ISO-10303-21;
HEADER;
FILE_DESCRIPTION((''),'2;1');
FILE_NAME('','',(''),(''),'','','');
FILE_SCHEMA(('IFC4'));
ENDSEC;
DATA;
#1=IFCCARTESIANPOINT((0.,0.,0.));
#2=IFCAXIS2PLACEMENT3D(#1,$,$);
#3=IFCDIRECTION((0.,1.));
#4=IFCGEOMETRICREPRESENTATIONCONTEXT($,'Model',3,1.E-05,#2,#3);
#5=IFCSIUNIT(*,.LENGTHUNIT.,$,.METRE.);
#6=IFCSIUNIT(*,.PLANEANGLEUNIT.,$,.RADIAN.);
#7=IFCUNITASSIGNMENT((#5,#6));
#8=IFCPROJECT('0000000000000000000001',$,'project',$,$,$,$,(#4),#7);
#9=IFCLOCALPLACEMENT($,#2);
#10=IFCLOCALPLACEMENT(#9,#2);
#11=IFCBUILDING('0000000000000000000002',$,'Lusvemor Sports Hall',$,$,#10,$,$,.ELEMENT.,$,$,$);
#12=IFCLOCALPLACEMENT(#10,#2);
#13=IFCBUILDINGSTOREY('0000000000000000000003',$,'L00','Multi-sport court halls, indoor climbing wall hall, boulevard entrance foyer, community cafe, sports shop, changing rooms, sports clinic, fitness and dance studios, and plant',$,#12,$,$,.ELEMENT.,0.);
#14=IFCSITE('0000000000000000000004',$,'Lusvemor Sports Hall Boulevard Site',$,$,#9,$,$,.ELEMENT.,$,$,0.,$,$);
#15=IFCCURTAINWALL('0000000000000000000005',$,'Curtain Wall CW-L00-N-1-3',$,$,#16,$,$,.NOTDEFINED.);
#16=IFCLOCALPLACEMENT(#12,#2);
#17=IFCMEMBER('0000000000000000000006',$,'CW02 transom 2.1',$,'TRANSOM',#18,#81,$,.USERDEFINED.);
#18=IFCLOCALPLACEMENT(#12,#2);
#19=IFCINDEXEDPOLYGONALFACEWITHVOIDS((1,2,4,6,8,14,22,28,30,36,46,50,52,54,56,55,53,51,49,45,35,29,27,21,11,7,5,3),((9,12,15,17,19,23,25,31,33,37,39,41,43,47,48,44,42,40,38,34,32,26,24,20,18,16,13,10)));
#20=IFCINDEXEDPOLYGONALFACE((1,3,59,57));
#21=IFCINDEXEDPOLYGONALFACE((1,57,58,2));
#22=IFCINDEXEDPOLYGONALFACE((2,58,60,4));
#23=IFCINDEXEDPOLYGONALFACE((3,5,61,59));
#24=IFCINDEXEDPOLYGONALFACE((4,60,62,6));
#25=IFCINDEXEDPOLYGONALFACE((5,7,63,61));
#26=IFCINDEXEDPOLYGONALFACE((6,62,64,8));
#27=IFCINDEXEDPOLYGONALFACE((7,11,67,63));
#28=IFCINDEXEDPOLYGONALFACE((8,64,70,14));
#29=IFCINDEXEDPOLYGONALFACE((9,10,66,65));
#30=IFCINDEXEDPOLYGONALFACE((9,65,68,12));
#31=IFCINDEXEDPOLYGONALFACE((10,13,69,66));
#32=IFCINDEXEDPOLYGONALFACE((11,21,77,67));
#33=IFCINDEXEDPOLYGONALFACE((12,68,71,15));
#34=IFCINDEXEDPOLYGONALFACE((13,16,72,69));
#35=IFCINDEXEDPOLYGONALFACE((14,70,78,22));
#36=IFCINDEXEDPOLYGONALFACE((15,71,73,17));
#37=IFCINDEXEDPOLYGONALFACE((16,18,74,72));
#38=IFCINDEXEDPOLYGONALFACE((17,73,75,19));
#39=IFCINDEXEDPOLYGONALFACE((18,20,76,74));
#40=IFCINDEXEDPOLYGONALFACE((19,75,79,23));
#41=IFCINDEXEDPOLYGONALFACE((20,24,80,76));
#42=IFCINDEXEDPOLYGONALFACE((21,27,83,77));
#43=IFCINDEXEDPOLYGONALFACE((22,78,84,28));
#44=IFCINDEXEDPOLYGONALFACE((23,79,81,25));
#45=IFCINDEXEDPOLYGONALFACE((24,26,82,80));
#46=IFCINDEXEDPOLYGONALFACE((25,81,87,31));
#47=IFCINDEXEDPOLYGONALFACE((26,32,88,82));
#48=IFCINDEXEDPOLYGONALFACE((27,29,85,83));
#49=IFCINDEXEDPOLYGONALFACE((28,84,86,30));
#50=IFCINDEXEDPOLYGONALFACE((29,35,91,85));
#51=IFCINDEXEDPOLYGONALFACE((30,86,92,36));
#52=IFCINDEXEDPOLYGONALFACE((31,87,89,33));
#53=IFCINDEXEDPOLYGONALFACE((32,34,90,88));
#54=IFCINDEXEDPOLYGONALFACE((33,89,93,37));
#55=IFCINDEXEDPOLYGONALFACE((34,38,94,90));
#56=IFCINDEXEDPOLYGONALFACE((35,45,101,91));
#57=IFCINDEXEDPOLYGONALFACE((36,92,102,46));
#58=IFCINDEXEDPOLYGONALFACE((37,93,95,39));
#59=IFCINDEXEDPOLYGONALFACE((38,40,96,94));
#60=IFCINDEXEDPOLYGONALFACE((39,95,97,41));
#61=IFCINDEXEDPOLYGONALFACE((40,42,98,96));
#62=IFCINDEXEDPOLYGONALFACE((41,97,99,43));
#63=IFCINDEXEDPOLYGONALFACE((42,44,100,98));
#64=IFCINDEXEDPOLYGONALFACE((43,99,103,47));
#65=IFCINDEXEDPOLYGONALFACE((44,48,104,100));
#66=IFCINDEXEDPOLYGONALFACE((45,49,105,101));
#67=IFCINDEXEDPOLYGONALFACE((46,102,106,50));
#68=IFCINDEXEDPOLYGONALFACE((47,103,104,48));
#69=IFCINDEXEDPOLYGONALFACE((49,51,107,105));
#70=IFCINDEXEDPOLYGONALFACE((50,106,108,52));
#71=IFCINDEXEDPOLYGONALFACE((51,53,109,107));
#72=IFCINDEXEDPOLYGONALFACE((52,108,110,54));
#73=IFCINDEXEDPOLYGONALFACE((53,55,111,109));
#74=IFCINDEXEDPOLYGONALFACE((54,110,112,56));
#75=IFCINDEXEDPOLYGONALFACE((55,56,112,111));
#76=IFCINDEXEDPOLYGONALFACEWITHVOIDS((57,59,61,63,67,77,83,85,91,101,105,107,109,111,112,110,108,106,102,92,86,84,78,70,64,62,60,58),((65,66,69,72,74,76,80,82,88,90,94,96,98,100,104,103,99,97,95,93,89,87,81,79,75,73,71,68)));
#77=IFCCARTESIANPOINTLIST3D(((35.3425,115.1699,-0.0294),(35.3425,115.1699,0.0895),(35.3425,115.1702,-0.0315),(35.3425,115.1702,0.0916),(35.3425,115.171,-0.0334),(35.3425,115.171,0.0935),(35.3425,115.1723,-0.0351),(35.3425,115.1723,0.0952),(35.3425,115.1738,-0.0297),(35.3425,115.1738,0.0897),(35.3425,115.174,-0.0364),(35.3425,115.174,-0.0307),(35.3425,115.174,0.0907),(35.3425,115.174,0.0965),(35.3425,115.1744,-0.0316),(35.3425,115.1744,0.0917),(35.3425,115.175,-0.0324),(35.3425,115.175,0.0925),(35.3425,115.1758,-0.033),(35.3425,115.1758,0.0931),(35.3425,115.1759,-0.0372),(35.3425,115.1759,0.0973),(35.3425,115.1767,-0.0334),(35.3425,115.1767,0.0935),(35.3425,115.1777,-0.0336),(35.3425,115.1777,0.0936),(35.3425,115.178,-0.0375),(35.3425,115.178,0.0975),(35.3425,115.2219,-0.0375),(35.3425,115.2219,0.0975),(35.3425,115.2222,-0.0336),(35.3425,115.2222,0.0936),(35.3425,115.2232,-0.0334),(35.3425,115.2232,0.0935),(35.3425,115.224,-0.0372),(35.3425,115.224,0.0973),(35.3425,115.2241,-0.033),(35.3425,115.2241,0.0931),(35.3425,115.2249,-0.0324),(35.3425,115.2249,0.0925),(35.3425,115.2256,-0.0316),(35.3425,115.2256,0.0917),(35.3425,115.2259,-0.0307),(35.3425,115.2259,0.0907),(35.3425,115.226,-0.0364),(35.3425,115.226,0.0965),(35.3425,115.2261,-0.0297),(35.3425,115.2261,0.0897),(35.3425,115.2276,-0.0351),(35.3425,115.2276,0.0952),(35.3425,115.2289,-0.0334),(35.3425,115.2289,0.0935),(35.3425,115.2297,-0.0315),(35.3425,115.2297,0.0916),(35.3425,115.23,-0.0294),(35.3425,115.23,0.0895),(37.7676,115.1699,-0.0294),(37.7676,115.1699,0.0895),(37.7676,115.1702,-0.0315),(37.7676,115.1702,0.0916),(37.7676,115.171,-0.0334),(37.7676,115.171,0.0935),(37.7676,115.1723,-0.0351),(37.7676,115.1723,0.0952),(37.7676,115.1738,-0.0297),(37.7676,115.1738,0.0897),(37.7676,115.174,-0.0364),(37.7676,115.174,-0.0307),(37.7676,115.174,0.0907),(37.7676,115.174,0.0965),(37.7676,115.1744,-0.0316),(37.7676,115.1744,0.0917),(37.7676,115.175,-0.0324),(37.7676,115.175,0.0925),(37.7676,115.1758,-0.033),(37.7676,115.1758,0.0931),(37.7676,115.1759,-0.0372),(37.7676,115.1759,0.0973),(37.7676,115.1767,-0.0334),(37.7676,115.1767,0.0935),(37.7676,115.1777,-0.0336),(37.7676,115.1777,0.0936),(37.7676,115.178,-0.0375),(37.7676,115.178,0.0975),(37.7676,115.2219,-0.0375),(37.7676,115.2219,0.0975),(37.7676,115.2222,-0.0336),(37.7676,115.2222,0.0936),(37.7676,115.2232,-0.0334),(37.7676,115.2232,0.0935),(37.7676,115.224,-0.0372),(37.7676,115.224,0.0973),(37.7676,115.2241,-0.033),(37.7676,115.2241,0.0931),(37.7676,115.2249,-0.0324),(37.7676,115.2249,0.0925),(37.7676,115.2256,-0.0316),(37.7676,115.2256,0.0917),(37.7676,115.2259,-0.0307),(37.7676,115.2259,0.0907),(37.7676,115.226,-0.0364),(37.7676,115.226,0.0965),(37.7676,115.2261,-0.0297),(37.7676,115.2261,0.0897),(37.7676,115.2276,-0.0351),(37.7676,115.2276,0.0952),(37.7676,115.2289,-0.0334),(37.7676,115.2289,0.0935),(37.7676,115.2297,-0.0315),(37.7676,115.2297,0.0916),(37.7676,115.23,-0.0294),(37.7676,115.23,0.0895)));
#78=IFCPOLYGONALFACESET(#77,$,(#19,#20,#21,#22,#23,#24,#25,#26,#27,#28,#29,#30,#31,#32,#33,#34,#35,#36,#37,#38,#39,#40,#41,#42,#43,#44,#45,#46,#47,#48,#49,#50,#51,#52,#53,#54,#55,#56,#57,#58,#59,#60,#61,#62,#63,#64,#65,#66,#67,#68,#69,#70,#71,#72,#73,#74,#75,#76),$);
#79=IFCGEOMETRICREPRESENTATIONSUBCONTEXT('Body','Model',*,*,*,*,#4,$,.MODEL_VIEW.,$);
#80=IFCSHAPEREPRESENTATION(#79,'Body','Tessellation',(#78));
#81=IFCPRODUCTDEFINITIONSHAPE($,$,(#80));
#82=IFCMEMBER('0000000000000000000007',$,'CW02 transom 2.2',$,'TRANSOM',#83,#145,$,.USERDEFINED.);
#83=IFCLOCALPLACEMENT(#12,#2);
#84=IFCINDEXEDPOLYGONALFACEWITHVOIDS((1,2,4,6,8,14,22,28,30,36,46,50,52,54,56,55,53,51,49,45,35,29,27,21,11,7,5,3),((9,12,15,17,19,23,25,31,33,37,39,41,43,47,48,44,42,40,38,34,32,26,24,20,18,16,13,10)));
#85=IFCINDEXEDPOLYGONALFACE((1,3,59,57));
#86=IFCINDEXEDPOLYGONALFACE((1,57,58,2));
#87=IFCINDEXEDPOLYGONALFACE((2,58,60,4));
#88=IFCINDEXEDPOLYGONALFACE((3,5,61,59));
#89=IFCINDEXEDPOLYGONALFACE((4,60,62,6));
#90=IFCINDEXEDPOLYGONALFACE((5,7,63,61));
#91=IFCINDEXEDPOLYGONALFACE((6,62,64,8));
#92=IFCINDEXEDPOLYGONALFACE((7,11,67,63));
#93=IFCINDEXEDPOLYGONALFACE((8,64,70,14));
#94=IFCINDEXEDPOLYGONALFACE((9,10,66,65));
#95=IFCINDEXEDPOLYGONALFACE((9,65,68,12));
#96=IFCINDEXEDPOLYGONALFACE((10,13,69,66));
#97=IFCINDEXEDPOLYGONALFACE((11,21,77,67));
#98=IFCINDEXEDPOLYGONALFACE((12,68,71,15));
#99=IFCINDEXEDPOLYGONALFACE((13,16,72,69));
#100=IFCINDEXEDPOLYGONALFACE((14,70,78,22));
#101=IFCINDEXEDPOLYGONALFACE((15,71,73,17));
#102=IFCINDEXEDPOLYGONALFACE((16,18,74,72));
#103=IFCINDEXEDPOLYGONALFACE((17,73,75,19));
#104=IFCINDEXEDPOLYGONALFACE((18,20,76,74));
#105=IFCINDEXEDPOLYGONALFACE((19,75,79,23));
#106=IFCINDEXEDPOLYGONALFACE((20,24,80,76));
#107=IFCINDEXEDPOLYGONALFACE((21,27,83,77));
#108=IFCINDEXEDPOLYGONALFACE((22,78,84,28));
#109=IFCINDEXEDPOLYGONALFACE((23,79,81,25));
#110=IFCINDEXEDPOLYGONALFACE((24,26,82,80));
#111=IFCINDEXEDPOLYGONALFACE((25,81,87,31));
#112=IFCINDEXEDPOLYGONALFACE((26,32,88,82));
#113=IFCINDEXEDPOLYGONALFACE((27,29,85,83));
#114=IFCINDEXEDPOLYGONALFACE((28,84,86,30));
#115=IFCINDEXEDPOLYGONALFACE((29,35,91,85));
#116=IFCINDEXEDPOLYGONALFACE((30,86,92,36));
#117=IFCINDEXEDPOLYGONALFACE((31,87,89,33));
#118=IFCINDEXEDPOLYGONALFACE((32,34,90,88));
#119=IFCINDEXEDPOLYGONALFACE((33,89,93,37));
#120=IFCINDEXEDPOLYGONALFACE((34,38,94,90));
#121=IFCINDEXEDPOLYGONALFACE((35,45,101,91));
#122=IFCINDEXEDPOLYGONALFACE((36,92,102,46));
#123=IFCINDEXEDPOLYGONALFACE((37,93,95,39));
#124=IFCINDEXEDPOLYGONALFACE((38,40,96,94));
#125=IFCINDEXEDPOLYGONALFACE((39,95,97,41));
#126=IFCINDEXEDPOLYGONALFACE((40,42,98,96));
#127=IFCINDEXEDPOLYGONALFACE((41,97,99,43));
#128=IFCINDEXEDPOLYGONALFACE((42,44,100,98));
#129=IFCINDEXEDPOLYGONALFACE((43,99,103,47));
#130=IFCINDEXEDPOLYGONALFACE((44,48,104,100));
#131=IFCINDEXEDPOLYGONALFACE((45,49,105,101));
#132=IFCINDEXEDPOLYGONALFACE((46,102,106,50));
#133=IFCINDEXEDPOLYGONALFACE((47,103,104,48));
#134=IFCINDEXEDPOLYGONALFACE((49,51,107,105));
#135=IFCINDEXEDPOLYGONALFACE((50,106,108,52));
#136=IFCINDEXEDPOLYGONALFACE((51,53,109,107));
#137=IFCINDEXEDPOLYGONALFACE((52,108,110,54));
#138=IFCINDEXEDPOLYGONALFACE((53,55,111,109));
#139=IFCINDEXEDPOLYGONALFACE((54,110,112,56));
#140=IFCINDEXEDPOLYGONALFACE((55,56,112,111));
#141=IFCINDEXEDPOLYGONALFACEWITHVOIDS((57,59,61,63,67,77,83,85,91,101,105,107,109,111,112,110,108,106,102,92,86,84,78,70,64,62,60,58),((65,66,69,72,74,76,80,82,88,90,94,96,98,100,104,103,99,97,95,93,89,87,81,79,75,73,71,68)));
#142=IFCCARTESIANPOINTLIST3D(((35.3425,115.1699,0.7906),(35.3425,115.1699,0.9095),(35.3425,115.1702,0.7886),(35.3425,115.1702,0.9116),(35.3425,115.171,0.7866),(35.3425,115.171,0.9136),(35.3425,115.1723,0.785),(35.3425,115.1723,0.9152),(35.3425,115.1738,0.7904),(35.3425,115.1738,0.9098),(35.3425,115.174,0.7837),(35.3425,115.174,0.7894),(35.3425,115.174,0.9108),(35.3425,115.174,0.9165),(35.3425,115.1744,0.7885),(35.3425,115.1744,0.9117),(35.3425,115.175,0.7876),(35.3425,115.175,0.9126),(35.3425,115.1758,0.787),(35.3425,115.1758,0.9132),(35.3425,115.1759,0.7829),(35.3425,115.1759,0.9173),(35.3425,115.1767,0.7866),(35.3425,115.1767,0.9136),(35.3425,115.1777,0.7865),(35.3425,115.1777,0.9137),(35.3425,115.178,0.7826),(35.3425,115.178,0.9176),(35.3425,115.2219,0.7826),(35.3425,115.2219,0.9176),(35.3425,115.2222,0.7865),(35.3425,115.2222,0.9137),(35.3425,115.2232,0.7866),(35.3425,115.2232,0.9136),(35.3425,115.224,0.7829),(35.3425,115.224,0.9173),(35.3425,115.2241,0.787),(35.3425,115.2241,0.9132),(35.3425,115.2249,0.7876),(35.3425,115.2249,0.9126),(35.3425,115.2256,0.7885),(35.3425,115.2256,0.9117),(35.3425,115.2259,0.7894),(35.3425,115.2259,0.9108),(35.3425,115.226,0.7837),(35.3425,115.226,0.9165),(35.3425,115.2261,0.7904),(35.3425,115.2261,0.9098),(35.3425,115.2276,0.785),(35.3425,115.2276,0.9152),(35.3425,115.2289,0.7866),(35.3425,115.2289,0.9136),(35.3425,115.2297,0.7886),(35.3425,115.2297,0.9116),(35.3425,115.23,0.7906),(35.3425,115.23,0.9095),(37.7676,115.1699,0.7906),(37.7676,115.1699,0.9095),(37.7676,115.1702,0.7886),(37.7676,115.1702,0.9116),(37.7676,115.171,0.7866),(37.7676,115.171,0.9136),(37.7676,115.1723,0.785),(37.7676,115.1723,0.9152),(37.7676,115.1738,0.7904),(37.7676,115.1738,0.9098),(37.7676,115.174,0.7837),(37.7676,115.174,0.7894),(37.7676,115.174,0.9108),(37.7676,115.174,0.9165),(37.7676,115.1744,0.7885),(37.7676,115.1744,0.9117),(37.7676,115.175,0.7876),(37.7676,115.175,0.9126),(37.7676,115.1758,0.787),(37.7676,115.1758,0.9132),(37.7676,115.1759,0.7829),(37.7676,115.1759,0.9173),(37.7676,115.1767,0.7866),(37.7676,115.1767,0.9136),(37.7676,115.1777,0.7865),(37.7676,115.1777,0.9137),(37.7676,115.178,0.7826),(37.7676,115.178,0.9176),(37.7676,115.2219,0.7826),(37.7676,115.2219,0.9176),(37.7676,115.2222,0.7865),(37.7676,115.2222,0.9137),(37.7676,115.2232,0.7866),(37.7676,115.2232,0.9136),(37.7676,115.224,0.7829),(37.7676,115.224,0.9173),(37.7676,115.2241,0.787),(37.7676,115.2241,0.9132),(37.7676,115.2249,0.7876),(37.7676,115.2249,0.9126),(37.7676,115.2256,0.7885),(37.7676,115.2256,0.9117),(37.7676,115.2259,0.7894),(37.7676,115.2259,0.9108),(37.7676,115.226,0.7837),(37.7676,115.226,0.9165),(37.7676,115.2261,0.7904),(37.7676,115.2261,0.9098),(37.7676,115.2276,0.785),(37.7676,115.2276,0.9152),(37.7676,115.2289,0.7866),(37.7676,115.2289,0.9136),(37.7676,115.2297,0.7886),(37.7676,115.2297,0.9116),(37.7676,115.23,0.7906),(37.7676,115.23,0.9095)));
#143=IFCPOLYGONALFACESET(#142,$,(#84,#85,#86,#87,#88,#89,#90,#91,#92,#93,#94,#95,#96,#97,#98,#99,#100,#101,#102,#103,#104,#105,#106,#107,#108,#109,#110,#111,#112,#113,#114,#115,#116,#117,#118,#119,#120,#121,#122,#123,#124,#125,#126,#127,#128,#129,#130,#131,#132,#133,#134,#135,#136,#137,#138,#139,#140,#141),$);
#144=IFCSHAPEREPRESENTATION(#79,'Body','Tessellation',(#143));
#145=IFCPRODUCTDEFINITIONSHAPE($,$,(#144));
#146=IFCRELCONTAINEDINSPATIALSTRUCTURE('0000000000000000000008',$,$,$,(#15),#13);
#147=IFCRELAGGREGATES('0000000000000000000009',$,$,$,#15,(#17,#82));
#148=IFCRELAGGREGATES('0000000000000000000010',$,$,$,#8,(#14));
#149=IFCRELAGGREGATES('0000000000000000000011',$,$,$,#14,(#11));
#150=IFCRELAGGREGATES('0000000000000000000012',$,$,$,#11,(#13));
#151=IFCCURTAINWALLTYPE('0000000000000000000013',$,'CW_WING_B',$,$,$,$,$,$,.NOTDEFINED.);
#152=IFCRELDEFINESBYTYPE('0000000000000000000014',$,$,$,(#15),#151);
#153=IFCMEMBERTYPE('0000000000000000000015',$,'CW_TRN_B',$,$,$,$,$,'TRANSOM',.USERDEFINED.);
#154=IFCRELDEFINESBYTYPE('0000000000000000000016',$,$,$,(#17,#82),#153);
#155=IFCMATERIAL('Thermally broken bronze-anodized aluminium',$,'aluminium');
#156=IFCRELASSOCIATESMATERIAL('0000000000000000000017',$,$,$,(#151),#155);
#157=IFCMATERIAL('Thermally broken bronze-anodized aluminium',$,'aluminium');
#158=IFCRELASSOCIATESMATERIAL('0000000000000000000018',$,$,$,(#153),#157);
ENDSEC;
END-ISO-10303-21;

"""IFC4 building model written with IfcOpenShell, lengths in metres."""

from ifc_helpers import new_model, si_unit, direction, frame, origin, origin_2d, place, context, subcontext, project, spatial, hollow_rectangle, extrude, material, material_profile, profile_set, type_object, element, aggregate, save


model = new_model("IFC4")

# Units and contexts
model_context = context("Model", 3, precision=1e-05, world=origin(), true_north=direction((0.0, 1.0)))
body_context = subcontext(model_context, "Body", "Model", "MODEL_VIEW")
ifc_project = project(units=[si_unit("LENGTHUNIT", "METRE"), si_unit("PLANEANGLEUNIT", "RADIAN")], contexts=[model_context])

# Site, building, storey
site_placement = place(None, origin())
site = spatial("IfcSite", under=ifc_project, at=site_placement, Name="Lusvemor Sports Hall Boulevard Site", CompositionType="ELEMENT", RefElevation=0.0)
building_placement = place(site_placement, origin())
building = spatial("IfcBuilding", under=site, at=building_placement, Name="Lusvemor Sports Hall", CompositionType="ELEMENT")
storey_placement = place(building_placement, origin())
storey = spatial("IfcBuildingStorey", under=building, at=storey_placement, Name="L00", Description="Multi-sport court halls, indoor climbing wall hall, boulevard entrance foyer, community cafe, sports shop, changing rooms, sports clinic, fitness and dance studios, and plant", CompositionType="ELEMENT", Elevation=0.0)

# Curtain wall, members
ifc_material_1 = material(Name="Thermally broken bronze-anodized aluminium", Category="aluminium")
curtain_wall_type = type_object("IfcCurtainWallType", Name="CW_WING_B", PredefinedType="NOTDEFINED", material=ifc_material_1)
curtain_wall_placement = place(storey_placement, origin())
curtain_wall = element("IfcCurtainWall", 1, at=curtain_wall_placement, inside=storey, type_object=curtain_wall_type, Name="Curtain Wall CW-L00-N-1-3", PredefinedType="NOTDEFINED")
ifc_material_2 = material(Name="Thermally broken bronze-anodized aluminium", Category="aluminium")
ifc_material_profile_1 = material_profile(ifc_material_2, hollow_rectangle(XDim=0.0601, YDim=0.135, WallThickness=0.0039, InnerFilletRadius=0.0039, OuterFilletRadius=0.0081, at=origin_2d()), Name="CWTRN135x60x4")
ifc_profile_set_1 = profile_set([ifc_material_profile_1], Name="Thermally broken bronze-anodized aluminium")
member_type_1 = type_object("IfcMemberType", Name="CW_TRN_B", ElementType="TRANSOM", PredefinedType="USERDEFINED", material=ifc_profile_set_1)
member_1_placement = place(storey_placement, frame((35.3425, 115.2, 0.03), z_axis=(1.0, 0.0, 0.0), x_axis=(0.0, 1.0, 0.0)))
member_1 = element("IfcMember", 2, at=member_1_placement, type_object=member_type_1, Name="CW02 transom 2.1", ObjectType="TRANSOM", PredefinedType="USERDEFINED", context=body_context, shape_type="SweptSolid", body=[
    extrude(hollow_rectangle(XDim=0.0601, YDim=0.135, WallThickness=0.0039, InnerFilletRadius=0.0039, OuterFilletRadius=0.0081, at=origin_2d()), origin(), (0.0, 0.0, 1.0), 2.425),
])
member_2_placement = place(storey_placement, frame((35.3425, 115.2, 0.8501), z_axis=(1.0, 0.0, 0.0), x_axis=(0.0, 1.0, 0.0)))
member_2 = element("IfcMember", 3, at=member_2_placement, type_object=member_type_1, Name="CW02 transom 2.2", ObjectType="TRANSOM", PredefinedType="USERDEFINED", context=body_context, shape_type="SweptSolid", body=[
    extrude(hollow_rectangle(XDim=0.0601, YDim=0.135, WallThickness=0.0039, InnerFilletRadius=0.0039, OuterFilletRadius=0.0081, at=origin_2d()), origin(), (0.0, 0.0, 1.0), 2.425),
])
aggregate(curtain_wall, [member_1, member_2])

save(model, "model.ifc")
